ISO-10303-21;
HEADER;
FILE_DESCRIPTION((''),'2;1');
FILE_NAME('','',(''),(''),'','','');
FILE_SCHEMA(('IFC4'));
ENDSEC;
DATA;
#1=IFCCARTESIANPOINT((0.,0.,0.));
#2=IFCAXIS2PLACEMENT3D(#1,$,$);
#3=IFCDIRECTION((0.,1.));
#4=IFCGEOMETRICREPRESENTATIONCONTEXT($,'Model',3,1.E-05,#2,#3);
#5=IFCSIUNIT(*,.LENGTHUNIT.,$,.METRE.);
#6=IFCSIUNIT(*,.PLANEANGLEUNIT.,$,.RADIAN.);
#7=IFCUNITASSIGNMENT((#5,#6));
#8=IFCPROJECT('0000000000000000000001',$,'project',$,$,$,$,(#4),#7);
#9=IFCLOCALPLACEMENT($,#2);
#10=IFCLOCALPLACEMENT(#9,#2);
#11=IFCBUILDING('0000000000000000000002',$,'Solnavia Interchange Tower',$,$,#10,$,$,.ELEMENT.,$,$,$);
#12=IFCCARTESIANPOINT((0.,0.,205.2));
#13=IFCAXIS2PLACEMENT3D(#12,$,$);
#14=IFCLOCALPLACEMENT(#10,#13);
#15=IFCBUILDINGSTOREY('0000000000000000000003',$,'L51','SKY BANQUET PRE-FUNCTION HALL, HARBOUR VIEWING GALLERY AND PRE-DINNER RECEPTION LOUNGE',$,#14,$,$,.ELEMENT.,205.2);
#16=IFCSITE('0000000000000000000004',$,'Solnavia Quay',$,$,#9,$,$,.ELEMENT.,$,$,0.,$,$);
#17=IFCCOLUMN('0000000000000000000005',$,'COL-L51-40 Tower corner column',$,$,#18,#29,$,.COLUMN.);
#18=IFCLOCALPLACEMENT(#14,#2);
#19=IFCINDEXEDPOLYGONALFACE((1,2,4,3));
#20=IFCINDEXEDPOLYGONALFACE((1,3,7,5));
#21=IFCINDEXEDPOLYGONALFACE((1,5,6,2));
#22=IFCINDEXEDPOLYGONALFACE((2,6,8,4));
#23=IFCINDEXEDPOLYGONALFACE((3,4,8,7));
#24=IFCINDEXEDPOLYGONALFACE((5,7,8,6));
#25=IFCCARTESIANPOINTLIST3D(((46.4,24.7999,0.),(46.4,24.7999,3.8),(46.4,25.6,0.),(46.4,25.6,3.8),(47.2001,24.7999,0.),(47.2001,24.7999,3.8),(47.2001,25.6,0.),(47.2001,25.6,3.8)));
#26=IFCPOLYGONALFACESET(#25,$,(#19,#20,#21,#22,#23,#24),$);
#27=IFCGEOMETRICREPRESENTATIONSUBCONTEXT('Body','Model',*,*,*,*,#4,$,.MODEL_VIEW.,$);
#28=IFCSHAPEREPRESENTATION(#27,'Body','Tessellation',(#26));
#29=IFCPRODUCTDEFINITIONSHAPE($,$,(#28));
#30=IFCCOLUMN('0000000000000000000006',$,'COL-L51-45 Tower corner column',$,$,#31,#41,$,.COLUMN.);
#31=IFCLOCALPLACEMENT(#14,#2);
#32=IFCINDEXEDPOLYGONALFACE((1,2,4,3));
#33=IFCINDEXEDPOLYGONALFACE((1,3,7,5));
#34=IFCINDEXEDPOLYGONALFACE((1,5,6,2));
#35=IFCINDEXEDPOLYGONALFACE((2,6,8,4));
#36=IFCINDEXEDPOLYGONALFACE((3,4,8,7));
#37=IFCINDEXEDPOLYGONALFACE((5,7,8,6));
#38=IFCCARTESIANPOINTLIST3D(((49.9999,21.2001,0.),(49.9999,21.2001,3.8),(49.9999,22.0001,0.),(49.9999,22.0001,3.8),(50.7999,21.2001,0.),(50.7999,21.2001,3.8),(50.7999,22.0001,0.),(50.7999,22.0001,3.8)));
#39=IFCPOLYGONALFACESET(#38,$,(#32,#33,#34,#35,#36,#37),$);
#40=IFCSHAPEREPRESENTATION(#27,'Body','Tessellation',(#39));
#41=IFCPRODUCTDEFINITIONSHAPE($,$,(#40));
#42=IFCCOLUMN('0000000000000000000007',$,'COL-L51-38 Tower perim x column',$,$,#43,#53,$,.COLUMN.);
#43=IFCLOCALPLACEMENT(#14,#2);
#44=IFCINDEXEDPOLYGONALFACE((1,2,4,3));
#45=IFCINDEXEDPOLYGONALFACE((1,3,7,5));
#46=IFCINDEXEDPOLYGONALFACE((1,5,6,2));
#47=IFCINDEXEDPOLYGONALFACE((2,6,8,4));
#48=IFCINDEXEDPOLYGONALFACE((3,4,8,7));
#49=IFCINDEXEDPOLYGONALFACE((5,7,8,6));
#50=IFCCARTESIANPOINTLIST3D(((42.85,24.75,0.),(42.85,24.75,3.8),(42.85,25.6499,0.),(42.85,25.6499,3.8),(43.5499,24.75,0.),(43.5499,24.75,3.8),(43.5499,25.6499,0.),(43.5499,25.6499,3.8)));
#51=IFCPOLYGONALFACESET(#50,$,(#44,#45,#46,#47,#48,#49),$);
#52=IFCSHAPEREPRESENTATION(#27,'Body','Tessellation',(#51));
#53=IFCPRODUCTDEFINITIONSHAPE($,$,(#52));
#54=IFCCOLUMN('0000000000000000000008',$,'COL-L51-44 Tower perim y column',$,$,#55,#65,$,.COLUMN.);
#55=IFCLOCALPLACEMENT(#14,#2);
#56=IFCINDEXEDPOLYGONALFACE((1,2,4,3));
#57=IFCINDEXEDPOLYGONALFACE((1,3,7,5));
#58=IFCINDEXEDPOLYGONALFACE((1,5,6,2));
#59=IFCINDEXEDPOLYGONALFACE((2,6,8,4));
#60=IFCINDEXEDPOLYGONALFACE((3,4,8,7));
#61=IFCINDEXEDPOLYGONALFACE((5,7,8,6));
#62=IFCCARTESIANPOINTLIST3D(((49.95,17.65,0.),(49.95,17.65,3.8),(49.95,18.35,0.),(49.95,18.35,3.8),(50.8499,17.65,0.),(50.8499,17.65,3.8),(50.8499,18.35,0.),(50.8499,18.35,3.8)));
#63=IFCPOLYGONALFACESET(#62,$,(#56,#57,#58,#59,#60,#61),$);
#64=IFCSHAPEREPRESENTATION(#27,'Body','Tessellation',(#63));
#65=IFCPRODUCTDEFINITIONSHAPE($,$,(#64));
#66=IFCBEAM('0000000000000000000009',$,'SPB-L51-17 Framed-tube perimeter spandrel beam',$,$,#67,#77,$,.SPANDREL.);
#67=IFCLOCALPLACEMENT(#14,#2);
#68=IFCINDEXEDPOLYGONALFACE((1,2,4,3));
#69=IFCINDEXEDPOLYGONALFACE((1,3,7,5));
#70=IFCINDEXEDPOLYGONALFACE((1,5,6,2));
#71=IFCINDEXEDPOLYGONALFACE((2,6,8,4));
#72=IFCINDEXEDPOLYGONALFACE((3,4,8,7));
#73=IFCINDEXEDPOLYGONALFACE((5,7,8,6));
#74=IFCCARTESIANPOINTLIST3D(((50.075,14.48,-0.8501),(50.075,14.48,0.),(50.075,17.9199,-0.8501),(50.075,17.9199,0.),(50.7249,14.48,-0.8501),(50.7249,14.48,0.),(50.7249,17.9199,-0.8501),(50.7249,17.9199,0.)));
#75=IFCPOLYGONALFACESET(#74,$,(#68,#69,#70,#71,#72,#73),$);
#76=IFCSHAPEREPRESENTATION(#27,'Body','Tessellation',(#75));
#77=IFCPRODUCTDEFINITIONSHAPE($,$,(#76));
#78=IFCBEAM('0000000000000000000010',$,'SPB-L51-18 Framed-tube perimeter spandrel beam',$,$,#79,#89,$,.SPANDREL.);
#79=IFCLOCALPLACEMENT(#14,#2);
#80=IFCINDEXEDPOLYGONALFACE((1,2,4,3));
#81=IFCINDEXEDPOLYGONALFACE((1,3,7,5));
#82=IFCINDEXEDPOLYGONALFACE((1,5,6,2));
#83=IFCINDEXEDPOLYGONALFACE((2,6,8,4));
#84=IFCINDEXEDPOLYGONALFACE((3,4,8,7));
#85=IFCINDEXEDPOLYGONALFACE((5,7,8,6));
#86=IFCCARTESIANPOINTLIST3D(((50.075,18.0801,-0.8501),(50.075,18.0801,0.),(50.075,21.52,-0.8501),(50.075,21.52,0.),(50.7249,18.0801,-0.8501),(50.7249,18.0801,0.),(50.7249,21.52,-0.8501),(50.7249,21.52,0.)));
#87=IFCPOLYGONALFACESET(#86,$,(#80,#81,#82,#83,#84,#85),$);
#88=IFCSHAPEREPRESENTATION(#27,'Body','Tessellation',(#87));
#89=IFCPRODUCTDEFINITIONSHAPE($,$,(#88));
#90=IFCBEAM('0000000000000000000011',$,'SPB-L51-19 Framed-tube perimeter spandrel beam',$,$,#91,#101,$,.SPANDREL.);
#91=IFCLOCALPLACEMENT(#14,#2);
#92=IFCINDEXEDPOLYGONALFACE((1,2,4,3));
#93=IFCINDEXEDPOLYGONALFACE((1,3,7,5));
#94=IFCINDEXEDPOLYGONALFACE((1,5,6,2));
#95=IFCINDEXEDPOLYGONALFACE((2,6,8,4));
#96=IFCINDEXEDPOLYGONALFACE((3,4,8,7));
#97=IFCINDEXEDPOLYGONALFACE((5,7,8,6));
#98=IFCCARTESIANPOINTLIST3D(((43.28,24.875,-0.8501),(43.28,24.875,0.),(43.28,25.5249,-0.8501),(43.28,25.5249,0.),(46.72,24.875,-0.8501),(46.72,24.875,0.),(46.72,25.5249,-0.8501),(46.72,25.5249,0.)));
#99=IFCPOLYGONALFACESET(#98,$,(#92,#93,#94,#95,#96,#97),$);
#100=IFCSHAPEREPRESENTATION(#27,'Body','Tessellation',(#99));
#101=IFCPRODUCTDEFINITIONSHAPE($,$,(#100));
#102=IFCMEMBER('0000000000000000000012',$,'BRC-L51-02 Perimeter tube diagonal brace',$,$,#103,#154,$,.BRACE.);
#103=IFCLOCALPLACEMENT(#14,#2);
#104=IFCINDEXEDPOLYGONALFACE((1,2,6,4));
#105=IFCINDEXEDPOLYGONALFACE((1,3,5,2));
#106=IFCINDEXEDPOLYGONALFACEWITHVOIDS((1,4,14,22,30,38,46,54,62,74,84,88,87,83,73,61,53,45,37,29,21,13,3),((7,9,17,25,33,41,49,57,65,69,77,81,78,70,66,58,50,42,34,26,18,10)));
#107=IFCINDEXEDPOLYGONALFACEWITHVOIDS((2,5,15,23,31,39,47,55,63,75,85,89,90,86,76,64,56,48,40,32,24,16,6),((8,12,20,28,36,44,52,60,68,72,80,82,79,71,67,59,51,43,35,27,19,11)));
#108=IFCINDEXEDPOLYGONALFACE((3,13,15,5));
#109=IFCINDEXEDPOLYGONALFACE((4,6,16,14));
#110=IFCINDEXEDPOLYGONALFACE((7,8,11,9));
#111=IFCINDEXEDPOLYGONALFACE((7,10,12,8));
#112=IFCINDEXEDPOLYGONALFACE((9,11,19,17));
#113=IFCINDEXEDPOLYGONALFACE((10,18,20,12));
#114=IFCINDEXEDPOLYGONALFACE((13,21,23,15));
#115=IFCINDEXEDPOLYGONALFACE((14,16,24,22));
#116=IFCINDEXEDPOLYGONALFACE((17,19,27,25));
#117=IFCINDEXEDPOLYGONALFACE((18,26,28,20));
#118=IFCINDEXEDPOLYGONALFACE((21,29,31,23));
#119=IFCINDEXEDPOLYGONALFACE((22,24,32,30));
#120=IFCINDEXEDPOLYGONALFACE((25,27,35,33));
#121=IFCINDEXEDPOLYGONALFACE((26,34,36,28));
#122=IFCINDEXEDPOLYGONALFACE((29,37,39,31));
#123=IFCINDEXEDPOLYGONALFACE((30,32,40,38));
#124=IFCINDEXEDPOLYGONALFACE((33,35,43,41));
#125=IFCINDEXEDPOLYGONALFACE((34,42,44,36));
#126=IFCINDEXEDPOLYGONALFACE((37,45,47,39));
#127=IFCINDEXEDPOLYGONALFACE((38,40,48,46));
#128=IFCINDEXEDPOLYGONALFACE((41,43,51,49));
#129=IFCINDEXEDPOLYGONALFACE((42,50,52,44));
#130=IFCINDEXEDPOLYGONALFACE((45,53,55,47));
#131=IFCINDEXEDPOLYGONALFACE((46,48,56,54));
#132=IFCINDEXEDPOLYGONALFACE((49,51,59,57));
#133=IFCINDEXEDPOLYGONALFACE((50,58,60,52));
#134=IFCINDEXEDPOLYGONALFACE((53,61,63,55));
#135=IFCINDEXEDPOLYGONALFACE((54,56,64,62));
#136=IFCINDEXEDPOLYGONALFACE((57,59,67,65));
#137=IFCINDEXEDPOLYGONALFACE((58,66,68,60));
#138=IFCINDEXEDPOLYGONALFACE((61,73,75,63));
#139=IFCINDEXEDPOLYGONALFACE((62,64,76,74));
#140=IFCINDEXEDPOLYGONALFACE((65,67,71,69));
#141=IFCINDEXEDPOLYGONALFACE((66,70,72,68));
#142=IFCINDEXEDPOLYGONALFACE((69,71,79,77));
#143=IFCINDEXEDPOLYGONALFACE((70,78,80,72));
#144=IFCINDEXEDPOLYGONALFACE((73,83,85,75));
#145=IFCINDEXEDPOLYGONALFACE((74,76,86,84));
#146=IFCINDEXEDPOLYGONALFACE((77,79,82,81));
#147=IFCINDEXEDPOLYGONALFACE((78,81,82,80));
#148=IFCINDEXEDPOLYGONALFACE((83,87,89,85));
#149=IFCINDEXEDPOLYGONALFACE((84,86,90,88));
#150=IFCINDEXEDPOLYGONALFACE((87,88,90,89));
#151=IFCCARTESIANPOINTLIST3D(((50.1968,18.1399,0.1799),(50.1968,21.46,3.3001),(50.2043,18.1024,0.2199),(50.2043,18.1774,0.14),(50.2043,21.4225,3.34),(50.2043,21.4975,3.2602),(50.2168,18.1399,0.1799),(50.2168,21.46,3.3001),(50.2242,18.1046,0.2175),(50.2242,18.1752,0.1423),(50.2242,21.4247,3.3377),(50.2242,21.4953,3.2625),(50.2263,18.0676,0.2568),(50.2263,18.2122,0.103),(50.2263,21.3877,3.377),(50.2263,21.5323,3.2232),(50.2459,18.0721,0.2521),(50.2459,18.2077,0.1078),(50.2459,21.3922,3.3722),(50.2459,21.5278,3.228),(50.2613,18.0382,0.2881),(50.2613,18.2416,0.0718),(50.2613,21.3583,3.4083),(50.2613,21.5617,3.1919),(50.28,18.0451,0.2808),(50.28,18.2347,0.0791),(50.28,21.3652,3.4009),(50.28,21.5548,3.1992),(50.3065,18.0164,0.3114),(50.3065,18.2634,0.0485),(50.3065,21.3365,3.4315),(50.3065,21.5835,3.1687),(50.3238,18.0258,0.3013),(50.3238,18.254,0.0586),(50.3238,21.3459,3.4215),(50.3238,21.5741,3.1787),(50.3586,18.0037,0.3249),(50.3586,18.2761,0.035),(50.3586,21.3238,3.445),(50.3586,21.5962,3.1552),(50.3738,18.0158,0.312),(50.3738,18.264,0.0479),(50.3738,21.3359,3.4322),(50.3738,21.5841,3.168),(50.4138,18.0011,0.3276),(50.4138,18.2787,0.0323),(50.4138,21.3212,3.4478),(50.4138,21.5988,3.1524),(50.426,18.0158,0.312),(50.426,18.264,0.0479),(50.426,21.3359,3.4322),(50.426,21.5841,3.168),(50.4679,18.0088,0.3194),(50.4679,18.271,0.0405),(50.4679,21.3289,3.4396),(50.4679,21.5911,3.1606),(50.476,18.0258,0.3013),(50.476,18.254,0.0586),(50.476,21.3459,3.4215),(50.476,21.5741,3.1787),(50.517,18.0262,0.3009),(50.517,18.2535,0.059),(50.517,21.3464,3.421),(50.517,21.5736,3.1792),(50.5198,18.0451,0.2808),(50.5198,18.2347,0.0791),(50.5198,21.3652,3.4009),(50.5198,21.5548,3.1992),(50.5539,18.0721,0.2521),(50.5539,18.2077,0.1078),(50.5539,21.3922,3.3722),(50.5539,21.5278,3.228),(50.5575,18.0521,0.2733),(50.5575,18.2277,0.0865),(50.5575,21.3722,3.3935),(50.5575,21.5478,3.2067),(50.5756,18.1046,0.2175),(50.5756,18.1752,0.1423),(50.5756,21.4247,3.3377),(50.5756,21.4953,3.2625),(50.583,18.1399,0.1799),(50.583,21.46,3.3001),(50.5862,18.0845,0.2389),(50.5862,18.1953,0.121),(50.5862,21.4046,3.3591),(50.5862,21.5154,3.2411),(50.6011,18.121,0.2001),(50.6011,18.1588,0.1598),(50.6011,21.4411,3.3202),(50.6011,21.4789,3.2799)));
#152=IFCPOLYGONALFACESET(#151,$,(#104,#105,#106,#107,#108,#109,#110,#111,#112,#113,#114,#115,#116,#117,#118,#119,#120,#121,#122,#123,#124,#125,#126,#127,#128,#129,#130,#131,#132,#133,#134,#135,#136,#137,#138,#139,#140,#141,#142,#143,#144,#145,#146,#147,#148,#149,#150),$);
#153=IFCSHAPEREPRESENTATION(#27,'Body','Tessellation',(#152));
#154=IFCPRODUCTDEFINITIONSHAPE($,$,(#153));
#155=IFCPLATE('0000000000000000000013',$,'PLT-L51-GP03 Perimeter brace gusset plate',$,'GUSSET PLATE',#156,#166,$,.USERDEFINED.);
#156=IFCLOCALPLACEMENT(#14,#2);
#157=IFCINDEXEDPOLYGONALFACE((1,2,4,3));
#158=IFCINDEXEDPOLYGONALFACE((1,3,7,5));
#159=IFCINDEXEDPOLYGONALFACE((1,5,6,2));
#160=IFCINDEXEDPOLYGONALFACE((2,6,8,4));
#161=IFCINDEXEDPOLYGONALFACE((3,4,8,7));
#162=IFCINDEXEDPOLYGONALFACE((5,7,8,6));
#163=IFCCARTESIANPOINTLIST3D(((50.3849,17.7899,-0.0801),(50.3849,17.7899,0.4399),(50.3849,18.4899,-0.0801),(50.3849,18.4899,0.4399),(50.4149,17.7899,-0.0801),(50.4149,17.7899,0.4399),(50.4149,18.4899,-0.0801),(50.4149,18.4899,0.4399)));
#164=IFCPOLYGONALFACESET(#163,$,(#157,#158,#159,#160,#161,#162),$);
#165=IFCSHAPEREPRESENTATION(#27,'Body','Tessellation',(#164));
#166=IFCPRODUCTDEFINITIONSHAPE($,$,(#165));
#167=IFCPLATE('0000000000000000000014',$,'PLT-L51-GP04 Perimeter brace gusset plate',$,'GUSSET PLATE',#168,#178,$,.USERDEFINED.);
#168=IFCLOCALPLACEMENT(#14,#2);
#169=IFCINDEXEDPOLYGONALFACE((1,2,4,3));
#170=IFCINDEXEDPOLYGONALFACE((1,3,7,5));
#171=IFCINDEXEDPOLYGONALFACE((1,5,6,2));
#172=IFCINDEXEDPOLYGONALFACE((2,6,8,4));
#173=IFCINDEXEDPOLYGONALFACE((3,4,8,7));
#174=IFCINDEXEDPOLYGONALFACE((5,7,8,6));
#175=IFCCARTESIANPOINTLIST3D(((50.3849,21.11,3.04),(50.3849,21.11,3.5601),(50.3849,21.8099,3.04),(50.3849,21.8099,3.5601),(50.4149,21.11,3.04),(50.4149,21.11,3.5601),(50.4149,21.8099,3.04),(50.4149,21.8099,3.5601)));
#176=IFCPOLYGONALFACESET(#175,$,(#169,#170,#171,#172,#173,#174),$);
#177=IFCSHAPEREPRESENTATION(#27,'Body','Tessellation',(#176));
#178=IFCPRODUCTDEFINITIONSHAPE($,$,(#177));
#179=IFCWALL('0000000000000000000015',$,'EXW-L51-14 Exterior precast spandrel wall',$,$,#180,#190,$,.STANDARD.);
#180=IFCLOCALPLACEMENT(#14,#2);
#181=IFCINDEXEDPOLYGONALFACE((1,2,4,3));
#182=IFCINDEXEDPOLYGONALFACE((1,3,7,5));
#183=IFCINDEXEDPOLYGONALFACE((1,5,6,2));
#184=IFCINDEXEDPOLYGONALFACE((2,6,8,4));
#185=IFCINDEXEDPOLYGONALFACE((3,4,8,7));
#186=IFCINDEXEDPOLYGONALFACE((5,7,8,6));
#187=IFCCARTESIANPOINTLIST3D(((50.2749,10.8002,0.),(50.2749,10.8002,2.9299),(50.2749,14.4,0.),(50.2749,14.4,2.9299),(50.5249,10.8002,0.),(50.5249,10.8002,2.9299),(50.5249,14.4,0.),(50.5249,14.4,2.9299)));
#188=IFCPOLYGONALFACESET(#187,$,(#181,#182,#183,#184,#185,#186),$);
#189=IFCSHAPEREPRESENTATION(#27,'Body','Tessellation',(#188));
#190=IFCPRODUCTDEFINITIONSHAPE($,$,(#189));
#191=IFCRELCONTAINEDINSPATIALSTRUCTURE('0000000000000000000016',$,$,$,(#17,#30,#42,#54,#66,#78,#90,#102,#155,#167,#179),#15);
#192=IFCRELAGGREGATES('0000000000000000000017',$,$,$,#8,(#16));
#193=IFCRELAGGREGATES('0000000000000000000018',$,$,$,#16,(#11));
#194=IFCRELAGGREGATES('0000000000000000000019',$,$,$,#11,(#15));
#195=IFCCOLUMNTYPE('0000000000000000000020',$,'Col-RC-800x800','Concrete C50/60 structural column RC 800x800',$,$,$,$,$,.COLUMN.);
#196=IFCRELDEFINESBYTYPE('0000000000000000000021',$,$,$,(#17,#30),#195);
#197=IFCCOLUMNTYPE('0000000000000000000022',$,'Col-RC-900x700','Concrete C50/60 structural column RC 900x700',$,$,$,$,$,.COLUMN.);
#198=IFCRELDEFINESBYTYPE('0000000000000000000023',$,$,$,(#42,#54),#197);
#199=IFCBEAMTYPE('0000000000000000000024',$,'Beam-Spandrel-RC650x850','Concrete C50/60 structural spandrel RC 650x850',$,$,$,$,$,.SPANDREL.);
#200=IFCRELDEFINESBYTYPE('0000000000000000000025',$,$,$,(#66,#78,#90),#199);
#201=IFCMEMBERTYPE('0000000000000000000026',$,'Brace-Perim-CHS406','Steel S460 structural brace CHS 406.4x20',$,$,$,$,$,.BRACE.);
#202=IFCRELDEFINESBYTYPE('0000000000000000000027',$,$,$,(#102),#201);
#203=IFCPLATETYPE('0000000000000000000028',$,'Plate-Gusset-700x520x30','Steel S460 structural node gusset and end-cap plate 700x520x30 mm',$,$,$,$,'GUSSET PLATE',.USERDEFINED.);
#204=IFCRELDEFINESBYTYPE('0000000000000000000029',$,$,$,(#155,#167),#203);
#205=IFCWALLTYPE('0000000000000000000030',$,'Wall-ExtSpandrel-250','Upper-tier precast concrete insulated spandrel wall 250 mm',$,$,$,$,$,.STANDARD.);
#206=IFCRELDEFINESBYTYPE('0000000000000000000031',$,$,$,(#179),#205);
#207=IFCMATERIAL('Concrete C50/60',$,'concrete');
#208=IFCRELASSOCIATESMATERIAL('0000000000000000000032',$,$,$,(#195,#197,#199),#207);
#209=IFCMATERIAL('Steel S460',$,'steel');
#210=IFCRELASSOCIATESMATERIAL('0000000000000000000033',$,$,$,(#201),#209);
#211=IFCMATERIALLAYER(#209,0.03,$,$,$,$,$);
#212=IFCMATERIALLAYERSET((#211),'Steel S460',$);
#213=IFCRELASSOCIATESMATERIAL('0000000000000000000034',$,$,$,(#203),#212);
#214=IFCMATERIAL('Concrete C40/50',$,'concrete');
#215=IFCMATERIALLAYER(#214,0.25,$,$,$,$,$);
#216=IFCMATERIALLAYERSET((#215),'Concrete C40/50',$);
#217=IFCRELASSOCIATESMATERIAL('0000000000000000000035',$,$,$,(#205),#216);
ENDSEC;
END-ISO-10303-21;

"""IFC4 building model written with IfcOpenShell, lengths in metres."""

from ifc_helpers import new_model, si_unit, direction, frame, frame_2d, origin, origin_2d, place, context, subcontext, project, spatial, rectangle, hollow_circle, extrude, material, layer, layer_set, material_profile, profile_set, type_object, element, save


model = new_model("IFC4")

# Units and contexts
model_context = context("Model", 3, precision=1e-05, world=origin(), true_north=direction((0.0, 1.0)))
body_context = subcontext(model_context, "Body", "Model", "MODEL_VIEW")
ifc_project = project(units=[si_unit("LENGTHUNIT", "METRE"), si_unit("PLANEANGLEUNIT", "RADIAN")], contexts=[model_context])

# Site, building, storey
site_placement = place(None, origin())
site = spatial("IfcSite", under=ifc_project, at=site_placement, Name="Solnavia Quay", CompositionType="ELEMENT", RefElevation=0.0)
building_placement = place(site_placement, origin())
building = spatial("IfcBuilding", under=site, at=building_placement, Name="Solnavia Interchange Tower", CompositionType="ELEMENT")
storey_placement = place(building_placement, frame((0.0, 0.0, 205.2)))
storey = spatial("IfcBuildingStorey", under=building, at=storey_placement, Name="L51", Description="SKY BANQUET PRE-FUNCTION HALL, HARBOUR VIEWING GALLERY AND PRE-DINNER RECEPTION LOUNGE", CompositionType="ELEMENT", Elevation=205.2)

# Columns
ifc_material_1 = material(Name="Concrete C50/60", Category="concrete")
ifc_material_profile_1 = material_profile(ifc_material_1, rectangle(XDim=0.8, YDim=0.8, at=origin_2d()), Name="RC 800x800")
ifc_profile_set_1 = profile_set([ifc_material_profile_1], Name="Concrete C50/60")
column_type_1 = type_object("IfcColumnType", Name="Col-RC-800x800", Description="Concrete C50/60 structural column RC 800x800", PredefinedType="COLUMN", material=ifc_profile_set_1)
for number, where, z_axis, x_axis, name in (
    (1, (46.8, 25.2, 0.0), (0.0, 0.0, 1.0), (1.0, 0.0, 0.0), "COL-L51-40 Tower corner column"),
    (2, (50.3999, 21.6001, 0.0), (0.0, 0.0, 1.0), (0.0, 1.0, 0.0), "COL-L51-45 Tower corner column"),
):
    element("IfcColumn", number, at=place(storey_placement, frame(where, z_axis=z_axis, x_axis=x_axis)), inside=storey, type_object=column_type_1, Name=name, PredefinedType="COLUMN", context=body_context, shape_type="SweptSolid", body=[
        extrude(rectangle(XDim=0.8, YDim=0.8, at=origin_2d()), origin(), (0.0, 0.0, 1.0), 3.8),
    ])
ifc_material_profile_2 = material_profile(ifc_material_1, rectangle(XDim=0.7, YDim=0.8999, at=origin_2d()), Name="RC 900x700")
ifc_profile_set_2 = profile_set([ifc_material_profile_2], Name="Concrete C50/60")
column_type_2 = type_object("IfcColumnType", Name="Col-RC-900x700", Description="Concrete C50/60 structural column RC 900x700", PredefinedType="COLUMN", material=ifc_profile_set_2)
for number, where, z_axis, x_axis, name in (
    (3, (43.2, 25.2, 0.0), (0.0, 0.0, 1.0), (1.0, 0.0, 0.0), "COL-L51-38 Tower perim x column"),
    (4, (50.3999, 18.0, 0.0), (0.0, 0.0, 1.0), (0.0, 1.0, 0.0), "COL-L51-44 Tower perim y column"),
):
    element("IfcColumn", number, at=place(storey_placement, frame(where, z_axis=z_axis, x_axis=x_axis)), inside=storey, type_object=column_type_2, Name=name, PredefinedType="COLUMN", context=body_context, shape_type="SweptSolid", body=[
        extrude(rectangle(XDim=0.7, YDim=0.8999, at=origin_2d()), origin(), (0.0, 0.0, 1.0), 3.8),
    ])

# Beams
ifc_material_profile_3 = material_profile(ifc_material_1, rectangle(XDim=0.6499, YDim=0.8501, at=origin_2d()), Name="RC 650x850")
ifc_profile_set_3 = profile_set([ifc_material_profile_3], Name="Concrete C50/60")
beam_type = type_object("IfcBeamType", Name="Beam-Spandrel-RC650x850", Description="Concrete C50/60 structural spandrel RC 650x850", PredefinedType="SPANDREL", material=ifc_profile_set_3)
for number, where, z_axis, x_axis, name in (
    (5, (50.3999, 14.48, -0.425), (0.0, 1.0, 0.0), (-1.0, 0.0, 0.0), "SPB-L51-17 Framed-tube perimeter spandrel beam"),
    (6, (50.3999, 18.0801, -0.425), (0.0, 1.0, 0.0), (-1.0, 0.0, 0.0), "SPB-L51-18 Framed-tube perimeter spandrel beam"),
    (7, (46.72, 25.2, -0.425), (-1.0, 0.0, 0.0), (0.0, -1.0, 0.0), "SPB-L51-19 Framed-tube perimeter spandrel beam"),
):
    element("IfcBeam", number, at=place(storey_placement, frame(where, z_axis=z_axis, x_axis=x_axis)), inside=storey, type_object=beam_type, Name=name, PredefinedType="SPANDREL", context=body_context, shape_type="SweptSolid", body=[
        extrude(rectangle(XDim=0.6499, YDim=0.8501, at=origin_2d()), origin(), (0.0, 0.0, 1.0), 3.4399),
    ])

# Member
ifc_material_2 = material(Name="Steel S460", Category="steel")
ifc_material_profile_4 = material_profile(ifc_material_2, hollow_circle(Radius=0.2031, WallThickness=0.02, at=origin_2d()), Name="CHS 406.4x20")
ifc_profile_set_4 = profile_set([ifc_material_profile_4], Name="Steel S460")
member_type = type_object("IfcMemberType", Name="Brace-Perim-CHS406", Description="Steel S460 structural brace CHS 406.4x20", PredefinedType="BRACE", material=ifc_profile_set_4)
member_placement = place(storey_placement, frame((50.3999, 18.1399, 0.1799), z_axis=(0.0, 0.728709, 0.684823), x_axis=(-1.0, 0.0, 0.0)))
element("IfcMember", 8, at=member_placement, inside=storey, type_object=member_type, Name="BRC-L51-02 Perimeter tube diagonal brace", PredefinedType="BRACE", context=body_context, shape_type="SweptSolid", body=[
    extrude(hollow_circle(Radius=0.2031, WallThickness=0.02, at=origin_2d()), origin(), (0.0, 0.0, 1.0), 4.5562),
])

# Plates
ifc_layer_1 = layer(ifc_material_2, 0.03)
ifc_layer_set_1 = layer_set([ifc_layer_1], Name="Steel S460")
plate_type = type_object("IfcPlateType", Name="Plate-Gusset-700x520x30", Description="Steel S460 structural node gusset and end-cap plate 700x520x30 mm", ElementType="GUSSET PLATE", PredefinedType="USERDEFINED", material=ifc_layer_set_1)
for number, where, z_axis, x_axis, name in (
    (9, (50.3999, 18.1399, -0.0801), (0.0, 0.0, 1.0), (0.0, 1.0, 0.0), "PLT-L51-GP03 Perimeter brace gusset plate"),
    (10, (50.3999, 21.46, 3.04), (0.0, 0.0, 1.0), (0.0, 1.0, 0.0), "PLT-L51-GP04 Perimeter brace gusset plate"),
):
    element("IfcPlate", number, at=place(storey_placement, frame(where, z_axis=z_axis, x_axis=x_axis)), inside=storey, type_object=plate_type, Name=name, ObjectType="GUSSET PLATE", PredefinedType="USERDEFINED", context=body_context, shape_type="SweptSolid", body=[
        extrude(rectangle(XDim=0.7, YDim=0.03, at=origin_2d()), origin(), (0.0, 0.0, 1.0), 0.52),
    ])

# Wall
ifc_material_3 = material(Name="Concrete C40/50", Category="concrete")
ifc_layer_2 = layer(ifc_material_3, 0.25)
ifc_layer_set_2 = layer_set([ifc_layer_2], Name="Concrete C40/50")
wall_type = type_object("IfcWallType", Name="Wall-ExtSpandrel-250", Description="Upper-tier precast concrete insulated spandrel wall 250 mm", PredefinedType="STANDARD", material=ifc_layer_set_2)
wall_1_placement = place(storey_placement, frame((50.3999, 14.3999, 0.0), z_axis=(0.0, 0.0, 1.0), x_axis=(0.0, -1.0, 0.0)))
element("IfcWall", 11, at=wall_1_placement, inside=storey, type_object=wall_type, Name="EXW-L51-14 Exterior precast spandrel wall", PredefinedType="STANDARD", context=body_context, shape_type="SweptSolid", body=[
    extrude(rectangle(XDim=3.5999, YDim=0.25, at=frame_2d((1.7998, 0.0))), origin(), (0.0, 0.0, 1.0), 2.9299),
])

save(model, "model.ifc")
